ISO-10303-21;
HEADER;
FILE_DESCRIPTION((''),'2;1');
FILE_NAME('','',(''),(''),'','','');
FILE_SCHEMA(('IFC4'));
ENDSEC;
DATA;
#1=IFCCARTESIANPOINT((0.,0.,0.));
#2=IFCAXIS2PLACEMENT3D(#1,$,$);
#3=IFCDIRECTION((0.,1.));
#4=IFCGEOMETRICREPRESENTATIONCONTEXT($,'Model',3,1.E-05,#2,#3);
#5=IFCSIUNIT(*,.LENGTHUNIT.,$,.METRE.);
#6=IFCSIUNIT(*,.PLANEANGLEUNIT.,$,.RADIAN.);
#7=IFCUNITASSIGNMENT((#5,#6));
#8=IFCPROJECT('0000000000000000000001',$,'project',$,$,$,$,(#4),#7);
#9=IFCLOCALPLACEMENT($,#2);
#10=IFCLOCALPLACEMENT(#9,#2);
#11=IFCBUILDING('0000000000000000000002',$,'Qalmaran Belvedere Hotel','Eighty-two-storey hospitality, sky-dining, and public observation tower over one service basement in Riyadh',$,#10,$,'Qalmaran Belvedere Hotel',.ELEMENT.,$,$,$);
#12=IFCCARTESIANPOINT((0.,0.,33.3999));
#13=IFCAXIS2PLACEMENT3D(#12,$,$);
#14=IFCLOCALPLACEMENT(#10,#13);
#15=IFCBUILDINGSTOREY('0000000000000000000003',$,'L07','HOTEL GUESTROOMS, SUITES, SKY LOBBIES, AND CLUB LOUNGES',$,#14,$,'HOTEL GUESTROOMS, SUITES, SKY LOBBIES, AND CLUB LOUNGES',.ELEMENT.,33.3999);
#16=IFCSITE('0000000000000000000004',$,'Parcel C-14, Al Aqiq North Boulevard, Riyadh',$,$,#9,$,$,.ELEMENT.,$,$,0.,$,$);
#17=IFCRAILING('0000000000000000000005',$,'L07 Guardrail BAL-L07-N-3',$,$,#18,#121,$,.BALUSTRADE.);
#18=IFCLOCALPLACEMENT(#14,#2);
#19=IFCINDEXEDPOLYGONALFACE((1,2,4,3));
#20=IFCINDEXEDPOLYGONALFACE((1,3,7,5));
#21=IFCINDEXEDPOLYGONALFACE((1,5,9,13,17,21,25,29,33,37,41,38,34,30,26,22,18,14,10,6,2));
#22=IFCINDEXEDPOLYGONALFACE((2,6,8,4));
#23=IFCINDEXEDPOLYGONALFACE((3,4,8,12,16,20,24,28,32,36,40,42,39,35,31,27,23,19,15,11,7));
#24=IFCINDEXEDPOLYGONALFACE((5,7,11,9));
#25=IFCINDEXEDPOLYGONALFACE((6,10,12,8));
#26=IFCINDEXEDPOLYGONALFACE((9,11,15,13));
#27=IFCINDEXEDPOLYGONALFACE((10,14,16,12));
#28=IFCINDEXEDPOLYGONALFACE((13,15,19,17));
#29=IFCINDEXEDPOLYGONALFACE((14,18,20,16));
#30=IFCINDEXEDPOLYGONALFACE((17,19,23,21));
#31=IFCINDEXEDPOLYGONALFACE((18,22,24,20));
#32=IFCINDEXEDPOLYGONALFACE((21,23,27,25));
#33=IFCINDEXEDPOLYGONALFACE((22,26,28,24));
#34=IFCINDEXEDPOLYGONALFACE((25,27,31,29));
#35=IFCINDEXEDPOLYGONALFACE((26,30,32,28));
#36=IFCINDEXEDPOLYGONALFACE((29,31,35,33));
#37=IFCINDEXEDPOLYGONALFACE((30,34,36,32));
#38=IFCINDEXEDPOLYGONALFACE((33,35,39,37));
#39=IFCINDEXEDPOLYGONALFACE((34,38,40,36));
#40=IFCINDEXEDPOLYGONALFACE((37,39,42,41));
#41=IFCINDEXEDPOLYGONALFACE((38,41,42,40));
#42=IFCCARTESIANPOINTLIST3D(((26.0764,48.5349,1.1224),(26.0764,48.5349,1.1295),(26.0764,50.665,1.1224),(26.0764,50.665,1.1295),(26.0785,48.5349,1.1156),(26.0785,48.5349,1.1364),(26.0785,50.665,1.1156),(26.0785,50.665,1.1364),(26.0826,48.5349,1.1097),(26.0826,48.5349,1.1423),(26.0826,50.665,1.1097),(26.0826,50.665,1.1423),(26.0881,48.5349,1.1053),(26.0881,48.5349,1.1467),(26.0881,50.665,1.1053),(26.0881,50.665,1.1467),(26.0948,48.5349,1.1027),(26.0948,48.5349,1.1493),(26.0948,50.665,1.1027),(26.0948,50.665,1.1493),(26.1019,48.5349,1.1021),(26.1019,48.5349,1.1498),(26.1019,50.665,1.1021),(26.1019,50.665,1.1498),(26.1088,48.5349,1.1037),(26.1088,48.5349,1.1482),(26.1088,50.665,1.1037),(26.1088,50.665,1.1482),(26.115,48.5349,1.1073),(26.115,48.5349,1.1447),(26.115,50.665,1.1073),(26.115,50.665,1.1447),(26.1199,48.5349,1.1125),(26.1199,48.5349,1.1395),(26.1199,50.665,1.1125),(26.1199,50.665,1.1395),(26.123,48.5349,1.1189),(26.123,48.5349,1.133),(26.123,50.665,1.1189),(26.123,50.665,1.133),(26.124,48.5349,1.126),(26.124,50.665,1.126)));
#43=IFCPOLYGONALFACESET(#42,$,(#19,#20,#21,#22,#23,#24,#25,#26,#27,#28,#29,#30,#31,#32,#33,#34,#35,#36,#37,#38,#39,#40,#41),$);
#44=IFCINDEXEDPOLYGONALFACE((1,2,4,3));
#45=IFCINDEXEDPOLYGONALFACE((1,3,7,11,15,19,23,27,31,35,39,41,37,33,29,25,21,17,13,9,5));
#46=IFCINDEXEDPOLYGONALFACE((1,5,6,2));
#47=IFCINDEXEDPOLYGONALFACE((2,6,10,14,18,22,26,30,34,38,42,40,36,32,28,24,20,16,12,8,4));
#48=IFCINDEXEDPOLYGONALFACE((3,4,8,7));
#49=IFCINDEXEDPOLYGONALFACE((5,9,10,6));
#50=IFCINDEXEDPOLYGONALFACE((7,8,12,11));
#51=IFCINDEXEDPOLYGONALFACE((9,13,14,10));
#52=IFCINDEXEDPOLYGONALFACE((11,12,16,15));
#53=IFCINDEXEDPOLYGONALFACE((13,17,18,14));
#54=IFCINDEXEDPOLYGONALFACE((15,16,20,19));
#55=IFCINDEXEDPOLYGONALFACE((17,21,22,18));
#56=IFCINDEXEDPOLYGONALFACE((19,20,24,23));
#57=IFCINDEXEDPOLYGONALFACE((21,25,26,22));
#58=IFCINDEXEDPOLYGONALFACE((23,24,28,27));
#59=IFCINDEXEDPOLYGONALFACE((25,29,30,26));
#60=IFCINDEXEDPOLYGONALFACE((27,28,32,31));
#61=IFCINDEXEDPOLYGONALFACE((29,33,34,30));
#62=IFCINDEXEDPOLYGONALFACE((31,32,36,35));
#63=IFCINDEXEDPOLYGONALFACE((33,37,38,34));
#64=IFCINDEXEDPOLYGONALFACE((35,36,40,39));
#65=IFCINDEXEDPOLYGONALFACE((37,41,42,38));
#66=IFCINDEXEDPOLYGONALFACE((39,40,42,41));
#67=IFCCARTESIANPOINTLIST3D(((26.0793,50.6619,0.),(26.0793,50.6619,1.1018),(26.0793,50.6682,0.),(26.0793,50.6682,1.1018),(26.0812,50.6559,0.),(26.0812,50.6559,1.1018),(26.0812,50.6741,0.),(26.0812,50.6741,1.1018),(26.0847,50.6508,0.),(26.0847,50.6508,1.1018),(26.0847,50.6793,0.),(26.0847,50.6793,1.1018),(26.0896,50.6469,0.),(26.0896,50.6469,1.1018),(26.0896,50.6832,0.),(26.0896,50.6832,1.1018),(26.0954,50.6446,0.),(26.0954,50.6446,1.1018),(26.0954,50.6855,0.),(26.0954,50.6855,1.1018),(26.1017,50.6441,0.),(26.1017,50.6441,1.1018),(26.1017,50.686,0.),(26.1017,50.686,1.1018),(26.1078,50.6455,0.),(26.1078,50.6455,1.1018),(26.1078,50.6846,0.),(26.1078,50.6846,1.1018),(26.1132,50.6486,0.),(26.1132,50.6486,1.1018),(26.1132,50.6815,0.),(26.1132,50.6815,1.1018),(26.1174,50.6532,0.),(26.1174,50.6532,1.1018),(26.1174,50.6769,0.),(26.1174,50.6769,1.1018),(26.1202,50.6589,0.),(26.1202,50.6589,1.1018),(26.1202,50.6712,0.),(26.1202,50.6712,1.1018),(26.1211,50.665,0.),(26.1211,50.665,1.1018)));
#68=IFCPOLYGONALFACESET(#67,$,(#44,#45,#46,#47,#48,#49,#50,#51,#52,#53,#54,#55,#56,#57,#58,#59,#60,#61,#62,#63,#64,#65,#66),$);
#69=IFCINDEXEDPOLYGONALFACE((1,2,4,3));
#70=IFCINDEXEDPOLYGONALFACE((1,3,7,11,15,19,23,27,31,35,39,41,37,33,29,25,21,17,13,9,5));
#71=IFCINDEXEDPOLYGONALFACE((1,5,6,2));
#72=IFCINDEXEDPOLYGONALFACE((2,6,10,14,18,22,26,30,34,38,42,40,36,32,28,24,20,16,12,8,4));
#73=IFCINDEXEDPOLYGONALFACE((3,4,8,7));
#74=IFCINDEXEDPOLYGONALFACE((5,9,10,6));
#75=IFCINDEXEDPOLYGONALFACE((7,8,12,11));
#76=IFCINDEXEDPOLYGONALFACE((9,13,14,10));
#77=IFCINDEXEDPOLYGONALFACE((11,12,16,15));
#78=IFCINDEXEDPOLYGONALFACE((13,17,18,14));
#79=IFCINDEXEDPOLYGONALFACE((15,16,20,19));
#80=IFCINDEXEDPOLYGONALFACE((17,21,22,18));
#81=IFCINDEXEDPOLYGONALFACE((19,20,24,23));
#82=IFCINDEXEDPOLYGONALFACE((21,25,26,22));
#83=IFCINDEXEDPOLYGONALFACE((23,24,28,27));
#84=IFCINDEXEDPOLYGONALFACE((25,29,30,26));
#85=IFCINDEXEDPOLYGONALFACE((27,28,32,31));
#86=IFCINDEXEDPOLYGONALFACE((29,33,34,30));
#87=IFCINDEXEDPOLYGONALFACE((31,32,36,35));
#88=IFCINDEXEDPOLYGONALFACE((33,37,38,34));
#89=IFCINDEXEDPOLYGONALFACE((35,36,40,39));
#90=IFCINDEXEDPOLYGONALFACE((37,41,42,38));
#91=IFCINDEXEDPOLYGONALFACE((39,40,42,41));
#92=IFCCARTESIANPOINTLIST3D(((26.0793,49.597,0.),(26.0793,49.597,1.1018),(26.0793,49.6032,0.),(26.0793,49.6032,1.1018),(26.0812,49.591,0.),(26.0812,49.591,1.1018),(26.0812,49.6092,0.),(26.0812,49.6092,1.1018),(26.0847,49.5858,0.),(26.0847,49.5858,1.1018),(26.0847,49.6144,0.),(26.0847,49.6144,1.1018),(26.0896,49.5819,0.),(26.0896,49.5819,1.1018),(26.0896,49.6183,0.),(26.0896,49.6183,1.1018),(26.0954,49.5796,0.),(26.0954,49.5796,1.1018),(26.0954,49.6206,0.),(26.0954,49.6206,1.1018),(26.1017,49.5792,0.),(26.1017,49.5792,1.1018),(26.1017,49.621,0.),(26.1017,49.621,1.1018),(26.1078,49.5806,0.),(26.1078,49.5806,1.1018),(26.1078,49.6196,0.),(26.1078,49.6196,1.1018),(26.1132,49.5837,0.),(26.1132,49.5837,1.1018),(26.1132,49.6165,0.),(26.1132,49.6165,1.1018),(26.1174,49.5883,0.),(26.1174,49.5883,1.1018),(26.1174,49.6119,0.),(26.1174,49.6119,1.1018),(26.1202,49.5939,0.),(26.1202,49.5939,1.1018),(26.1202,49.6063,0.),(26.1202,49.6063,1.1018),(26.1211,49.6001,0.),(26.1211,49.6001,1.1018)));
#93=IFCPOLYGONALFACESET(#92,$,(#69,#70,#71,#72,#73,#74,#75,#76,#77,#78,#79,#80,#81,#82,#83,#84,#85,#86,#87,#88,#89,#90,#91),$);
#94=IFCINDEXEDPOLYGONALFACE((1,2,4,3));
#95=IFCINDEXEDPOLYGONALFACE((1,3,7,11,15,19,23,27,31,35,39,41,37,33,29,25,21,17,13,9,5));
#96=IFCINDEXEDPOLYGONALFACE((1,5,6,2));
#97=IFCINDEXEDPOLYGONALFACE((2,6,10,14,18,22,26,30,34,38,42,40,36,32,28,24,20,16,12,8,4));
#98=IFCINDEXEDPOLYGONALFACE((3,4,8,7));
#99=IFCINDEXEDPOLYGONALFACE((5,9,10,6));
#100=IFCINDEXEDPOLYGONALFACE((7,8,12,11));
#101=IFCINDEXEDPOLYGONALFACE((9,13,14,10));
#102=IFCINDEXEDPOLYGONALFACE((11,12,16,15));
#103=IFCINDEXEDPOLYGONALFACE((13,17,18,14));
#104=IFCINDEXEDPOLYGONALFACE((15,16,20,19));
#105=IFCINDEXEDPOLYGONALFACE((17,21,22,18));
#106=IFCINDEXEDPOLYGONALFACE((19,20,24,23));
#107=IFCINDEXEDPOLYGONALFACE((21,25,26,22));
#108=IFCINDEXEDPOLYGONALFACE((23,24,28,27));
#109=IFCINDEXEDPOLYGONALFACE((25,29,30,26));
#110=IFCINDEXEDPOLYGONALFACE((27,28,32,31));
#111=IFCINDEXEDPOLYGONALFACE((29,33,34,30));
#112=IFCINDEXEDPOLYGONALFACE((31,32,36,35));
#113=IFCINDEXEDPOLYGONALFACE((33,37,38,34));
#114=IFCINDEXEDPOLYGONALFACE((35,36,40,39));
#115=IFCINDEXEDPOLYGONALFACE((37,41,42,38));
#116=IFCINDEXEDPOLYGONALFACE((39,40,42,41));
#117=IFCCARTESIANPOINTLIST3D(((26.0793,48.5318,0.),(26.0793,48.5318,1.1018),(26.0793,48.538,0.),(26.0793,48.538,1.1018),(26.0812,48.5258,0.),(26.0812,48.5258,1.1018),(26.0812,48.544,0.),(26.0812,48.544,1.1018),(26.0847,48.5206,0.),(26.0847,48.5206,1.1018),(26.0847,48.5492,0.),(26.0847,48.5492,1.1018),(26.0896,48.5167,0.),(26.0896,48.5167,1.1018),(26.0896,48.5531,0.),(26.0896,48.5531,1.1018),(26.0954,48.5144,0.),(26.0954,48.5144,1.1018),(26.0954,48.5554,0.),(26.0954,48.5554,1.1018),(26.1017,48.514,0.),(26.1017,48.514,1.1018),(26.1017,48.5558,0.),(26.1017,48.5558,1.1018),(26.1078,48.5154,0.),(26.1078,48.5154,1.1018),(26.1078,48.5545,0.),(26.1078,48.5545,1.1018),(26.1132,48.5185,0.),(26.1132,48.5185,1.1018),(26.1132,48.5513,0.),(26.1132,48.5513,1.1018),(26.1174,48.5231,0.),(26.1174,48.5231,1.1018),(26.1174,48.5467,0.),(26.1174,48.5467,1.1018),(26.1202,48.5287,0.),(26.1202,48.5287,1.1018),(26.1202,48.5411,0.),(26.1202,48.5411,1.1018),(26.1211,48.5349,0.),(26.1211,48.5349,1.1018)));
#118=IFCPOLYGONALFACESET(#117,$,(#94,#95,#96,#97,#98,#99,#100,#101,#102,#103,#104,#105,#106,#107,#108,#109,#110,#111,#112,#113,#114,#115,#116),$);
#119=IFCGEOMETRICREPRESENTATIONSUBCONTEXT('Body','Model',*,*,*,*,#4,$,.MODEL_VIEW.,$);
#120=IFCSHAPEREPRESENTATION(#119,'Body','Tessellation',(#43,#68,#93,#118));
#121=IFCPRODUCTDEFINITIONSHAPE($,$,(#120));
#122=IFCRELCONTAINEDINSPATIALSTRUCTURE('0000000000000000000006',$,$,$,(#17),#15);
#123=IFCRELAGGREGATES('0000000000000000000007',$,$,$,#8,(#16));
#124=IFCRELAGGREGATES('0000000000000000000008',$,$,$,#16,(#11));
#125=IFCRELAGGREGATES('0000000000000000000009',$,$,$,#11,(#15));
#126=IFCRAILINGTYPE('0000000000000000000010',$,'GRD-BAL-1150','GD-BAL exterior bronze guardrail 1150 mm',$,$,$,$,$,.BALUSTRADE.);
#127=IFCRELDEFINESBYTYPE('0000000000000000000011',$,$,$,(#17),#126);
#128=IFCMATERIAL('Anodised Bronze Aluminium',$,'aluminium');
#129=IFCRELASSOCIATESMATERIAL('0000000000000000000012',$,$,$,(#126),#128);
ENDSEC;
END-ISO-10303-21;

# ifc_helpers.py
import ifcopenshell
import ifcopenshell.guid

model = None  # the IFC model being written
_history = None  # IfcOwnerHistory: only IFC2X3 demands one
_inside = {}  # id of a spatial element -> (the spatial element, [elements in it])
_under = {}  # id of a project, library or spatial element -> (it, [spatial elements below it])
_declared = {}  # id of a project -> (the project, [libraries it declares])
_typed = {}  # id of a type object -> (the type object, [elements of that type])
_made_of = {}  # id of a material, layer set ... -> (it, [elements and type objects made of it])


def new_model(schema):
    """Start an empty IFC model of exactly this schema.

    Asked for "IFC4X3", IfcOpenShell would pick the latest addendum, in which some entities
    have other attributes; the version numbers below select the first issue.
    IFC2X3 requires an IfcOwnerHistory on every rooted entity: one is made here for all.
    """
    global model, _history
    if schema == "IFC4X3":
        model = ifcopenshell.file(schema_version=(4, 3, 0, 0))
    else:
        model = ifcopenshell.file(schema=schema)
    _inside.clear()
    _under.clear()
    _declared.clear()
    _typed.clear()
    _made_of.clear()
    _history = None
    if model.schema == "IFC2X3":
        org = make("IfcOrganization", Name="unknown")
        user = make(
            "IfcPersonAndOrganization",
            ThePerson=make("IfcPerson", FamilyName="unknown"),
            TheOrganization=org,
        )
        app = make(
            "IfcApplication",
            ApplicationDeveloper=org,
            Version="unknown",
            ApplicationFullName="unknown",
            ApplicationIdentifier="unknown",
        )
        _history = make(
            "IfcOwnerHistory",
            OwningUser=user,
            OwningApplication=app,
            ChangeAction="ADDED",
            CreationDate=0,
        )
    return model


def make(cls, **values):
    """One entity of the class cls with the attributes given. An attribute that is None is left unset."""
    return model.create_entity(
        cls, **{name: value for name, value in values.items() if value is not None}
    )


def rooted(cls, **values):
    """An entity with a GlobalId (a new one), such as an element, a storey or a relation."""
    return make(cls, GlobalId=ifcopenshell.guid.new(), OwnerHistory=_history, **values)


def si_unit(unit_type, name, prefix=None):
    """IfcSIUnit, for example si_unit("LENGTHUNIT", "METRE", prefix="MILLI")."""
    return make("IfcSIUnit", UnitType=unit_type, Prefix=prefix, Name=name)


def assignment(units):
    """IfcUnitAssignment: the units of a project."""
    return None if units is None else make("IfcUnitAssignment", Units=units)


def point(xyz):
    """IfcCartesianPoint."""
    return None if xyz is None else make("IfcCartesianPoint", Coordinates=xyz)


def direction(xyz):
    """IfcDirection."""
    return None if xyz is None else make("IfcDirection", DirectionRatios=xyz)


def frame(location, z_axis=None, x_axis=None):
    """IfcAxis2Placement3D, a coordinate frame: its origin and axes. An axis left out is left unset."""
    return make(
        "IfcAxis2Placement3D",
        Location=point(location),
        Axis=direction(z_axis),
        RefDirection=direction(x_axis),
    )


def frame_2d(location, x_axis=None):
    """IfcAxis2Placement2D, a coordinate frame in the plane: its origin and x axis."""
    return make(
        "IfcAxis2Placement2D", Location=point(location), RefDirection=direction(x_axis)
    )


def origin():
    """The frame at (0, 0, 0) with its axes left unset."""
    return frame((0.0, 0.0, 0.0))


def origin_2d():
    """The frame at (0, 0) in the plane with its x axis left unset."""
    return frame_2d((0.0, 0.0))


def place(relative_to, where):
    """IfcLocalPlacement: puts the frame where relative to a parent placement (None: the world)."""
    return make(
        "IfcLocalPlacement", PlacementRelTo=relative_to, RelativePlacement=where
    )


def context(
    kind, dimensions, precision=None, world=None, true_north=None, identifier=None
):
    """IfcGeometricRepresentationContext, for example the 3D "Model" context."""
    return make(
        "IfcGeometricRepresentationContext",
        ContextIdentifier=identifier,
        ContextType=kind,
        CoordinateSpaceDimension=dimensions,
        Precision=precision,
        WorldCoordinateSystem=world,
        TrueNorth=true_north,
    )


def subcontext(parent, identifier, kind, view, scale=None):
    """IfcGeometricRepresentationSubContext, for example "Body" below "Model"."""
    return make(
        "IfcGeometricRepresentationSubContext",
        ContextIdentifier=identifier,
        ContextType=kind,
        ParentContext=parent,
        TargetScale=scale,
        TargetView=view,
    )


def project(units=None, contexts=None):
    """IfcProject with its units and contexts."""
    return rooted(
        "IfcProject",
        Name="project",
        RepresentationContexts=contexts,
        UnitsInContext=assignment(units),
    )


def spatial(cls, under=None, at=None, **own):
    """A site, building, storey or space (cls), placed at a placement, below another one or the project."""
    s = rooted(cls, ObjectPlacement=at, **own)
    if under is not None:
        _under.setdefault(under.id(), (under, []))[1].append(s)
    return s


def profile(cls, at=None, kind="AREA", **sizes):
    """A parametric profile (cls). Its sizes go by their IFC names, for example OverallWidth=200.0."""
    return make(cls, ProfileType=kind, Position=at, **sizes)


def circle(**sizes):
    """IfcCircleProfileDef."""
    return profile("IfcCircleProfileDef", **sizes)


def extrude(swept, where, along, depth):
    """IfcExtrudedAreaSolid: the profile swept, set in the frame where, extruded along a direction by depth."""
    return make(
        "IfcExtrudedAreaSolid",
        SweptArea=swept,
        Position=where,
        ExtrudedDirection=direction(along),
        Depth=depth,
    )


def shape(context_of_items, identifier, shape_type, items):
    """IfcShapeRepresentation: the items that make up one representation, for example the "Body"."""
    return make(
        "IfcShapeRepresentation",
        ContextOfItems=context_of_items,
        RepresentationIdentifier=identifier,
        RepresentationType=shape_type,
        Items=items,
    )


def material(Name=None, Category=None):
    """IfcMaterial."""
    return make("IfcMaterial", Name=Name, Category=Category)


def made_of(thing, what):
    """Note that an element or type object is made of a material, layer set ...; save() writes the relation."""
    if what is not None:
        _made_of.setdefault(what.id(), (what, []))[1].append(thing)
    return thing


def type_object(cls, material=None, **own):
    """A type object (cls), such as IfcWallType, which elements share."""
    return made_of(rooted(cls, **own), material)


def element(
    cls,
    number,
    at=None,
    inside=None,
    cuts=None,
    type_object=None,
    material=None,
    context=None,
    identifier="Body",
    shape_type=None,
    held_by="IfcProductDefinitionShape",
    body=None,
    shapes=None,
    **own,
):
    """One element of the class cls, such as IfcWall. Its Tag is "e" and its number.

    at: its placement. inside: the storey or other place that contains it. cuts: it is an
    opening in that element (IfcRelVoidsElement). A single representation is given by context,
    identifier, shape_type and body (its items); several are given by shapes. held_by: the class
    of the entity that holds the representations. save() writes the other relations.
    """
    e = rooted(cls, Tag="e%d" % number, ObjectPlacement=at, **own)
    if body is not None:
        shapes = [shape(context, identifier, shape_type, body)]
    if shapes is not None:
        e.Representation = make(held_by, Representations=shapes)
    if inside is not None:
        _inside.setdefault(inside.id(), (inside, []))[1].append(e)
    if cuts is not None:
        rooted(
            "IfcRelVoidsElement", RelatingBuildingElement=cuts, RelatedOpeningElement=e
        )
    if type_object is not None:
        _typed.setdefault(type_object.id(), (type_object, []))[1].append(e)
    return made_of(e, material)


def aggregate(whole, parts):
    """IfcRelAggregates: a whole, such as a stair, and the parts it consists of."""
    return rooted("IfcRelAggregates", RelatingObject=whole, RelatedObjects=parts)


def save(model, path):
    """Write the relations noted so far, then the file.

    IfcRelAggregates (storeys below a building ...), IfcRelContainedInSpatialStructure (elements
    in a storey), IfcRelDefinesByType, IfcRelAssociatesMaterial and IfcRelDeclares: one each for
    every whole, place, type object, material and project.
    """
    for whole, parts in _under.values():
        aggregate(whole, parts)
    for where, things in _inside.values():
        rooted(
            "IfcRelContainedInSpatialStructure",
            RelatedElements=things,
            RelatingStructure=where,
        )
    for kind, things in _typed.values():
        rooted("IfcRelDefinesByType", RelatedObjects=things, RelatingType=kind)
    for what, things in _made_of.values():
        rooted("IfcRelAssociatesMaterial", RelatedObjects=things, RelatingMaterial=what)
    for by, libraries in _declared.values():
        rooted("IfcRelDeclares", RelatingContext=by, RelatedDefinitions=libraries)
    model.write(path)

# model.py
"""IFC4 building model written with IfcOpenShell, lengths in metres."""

from ifc_helpers import new_model, si_unit, direction, frame, origin, origin_2d, place, context, subcontext, project, spatial, circle, extrude, material, type_object, element, save


model = new_model("IFC4")

# Units and contexts
model_context = context("Model", 3, precision=1e-05, world=origin(), true_north=direction((0.0, 1.0)))
body_context = subcontext(model_context, "Body", "Model", "MODEL_VIEW")
ifc_project = project(units=[si_unit("LENGTHUNIT", "METRE"), si_unit("PLANEANGLEUNIT", "RADIAN")], contexts=[model_context])

# Site, building, storey
site_placement = place(None, origin())
site = spatial("IfcSite", under=ifc_project, at=site_placement, Name="Parcel C-14, Al Aqiq North Boulevard, Riyadh", CompositionType="ELEMENT", RefElevation=0.0)
building_placement = place(site_placement, origin())
building = spatial("IfcBuilding", under=site, at=building_placement, Name="Qalmaran Belvedere Hotel", Description="Eighty-two-storey hospitality, sky-dining, and public observation tower over one service basement in Riyadh", LongName="Qalmaran Belvedere Hotel", CompositionType="ELEMENT")
storey_placement = place(building_placement, frame((0.0, 0.0, 33.3999)))
storey = spatial("IfcBuildingStorey", under=building, at=storey_placement, Name="L07", Description="HOTEL GUESTROOMS, SUITES, SKY LOBBIES, AND CLUB LOUNGES", LongName="HOTEL GUESTROOMS, SUITES, SKY LOBBIES, AND CLUB LOUNGES", CompositionType="ELEMENT", Elevation=33.3999)

# Shared definitions
ifc_material_1 = material(Name="Anodised Bronze Aluminium", Category="aluminium")

# Railing
railing_type = type_object("IfcRailingType", Name="GRD-BAL-1150", Description="GD-BAL exterior bronze guardrail 1150 mm", PredefinedType="BALUSTRADE", material=ifc_material_1)
railing_1_placement = place(storey_placement, frame((26.1001, 50.665, 0.0)))
element("IfcRailing", 1, at=railing_1_placement, inside=storey, type_object=railing_type, Name="L07 Guardrail BAL-L07-N-3", PredefinedType="BALUSTRADE", context=body_context, shape_type="SweptSolid", body=[
    extrude(circle(Radius=0.0239, at=origin_2d()), frame((0.0, 0.0, 1.126), z_axis=(0.0, -1.0, 0.0), x_axis=(1.0, 0.0, 0.0)), (0.0, 0.0, 1.0), 2.1301),
    extrude(circle(Radius=0.021, at=origin_2d()), origin(), (0.0, 0.0, 1.0), 1.1018),
    extrude(circle(Radius=0.021, at=origin_2d()), frame((0.0, -1.0649, 0.0)), (0.0, 0.0, 1.0), 1.1018),
    extrude(circle(Radius=0.021, at=origin_2d()), frame((0.0, -2.1301, 0.0)), (0.0, 0.0, 1.0), 1.1018),
])

save(model, "model.ifc")
